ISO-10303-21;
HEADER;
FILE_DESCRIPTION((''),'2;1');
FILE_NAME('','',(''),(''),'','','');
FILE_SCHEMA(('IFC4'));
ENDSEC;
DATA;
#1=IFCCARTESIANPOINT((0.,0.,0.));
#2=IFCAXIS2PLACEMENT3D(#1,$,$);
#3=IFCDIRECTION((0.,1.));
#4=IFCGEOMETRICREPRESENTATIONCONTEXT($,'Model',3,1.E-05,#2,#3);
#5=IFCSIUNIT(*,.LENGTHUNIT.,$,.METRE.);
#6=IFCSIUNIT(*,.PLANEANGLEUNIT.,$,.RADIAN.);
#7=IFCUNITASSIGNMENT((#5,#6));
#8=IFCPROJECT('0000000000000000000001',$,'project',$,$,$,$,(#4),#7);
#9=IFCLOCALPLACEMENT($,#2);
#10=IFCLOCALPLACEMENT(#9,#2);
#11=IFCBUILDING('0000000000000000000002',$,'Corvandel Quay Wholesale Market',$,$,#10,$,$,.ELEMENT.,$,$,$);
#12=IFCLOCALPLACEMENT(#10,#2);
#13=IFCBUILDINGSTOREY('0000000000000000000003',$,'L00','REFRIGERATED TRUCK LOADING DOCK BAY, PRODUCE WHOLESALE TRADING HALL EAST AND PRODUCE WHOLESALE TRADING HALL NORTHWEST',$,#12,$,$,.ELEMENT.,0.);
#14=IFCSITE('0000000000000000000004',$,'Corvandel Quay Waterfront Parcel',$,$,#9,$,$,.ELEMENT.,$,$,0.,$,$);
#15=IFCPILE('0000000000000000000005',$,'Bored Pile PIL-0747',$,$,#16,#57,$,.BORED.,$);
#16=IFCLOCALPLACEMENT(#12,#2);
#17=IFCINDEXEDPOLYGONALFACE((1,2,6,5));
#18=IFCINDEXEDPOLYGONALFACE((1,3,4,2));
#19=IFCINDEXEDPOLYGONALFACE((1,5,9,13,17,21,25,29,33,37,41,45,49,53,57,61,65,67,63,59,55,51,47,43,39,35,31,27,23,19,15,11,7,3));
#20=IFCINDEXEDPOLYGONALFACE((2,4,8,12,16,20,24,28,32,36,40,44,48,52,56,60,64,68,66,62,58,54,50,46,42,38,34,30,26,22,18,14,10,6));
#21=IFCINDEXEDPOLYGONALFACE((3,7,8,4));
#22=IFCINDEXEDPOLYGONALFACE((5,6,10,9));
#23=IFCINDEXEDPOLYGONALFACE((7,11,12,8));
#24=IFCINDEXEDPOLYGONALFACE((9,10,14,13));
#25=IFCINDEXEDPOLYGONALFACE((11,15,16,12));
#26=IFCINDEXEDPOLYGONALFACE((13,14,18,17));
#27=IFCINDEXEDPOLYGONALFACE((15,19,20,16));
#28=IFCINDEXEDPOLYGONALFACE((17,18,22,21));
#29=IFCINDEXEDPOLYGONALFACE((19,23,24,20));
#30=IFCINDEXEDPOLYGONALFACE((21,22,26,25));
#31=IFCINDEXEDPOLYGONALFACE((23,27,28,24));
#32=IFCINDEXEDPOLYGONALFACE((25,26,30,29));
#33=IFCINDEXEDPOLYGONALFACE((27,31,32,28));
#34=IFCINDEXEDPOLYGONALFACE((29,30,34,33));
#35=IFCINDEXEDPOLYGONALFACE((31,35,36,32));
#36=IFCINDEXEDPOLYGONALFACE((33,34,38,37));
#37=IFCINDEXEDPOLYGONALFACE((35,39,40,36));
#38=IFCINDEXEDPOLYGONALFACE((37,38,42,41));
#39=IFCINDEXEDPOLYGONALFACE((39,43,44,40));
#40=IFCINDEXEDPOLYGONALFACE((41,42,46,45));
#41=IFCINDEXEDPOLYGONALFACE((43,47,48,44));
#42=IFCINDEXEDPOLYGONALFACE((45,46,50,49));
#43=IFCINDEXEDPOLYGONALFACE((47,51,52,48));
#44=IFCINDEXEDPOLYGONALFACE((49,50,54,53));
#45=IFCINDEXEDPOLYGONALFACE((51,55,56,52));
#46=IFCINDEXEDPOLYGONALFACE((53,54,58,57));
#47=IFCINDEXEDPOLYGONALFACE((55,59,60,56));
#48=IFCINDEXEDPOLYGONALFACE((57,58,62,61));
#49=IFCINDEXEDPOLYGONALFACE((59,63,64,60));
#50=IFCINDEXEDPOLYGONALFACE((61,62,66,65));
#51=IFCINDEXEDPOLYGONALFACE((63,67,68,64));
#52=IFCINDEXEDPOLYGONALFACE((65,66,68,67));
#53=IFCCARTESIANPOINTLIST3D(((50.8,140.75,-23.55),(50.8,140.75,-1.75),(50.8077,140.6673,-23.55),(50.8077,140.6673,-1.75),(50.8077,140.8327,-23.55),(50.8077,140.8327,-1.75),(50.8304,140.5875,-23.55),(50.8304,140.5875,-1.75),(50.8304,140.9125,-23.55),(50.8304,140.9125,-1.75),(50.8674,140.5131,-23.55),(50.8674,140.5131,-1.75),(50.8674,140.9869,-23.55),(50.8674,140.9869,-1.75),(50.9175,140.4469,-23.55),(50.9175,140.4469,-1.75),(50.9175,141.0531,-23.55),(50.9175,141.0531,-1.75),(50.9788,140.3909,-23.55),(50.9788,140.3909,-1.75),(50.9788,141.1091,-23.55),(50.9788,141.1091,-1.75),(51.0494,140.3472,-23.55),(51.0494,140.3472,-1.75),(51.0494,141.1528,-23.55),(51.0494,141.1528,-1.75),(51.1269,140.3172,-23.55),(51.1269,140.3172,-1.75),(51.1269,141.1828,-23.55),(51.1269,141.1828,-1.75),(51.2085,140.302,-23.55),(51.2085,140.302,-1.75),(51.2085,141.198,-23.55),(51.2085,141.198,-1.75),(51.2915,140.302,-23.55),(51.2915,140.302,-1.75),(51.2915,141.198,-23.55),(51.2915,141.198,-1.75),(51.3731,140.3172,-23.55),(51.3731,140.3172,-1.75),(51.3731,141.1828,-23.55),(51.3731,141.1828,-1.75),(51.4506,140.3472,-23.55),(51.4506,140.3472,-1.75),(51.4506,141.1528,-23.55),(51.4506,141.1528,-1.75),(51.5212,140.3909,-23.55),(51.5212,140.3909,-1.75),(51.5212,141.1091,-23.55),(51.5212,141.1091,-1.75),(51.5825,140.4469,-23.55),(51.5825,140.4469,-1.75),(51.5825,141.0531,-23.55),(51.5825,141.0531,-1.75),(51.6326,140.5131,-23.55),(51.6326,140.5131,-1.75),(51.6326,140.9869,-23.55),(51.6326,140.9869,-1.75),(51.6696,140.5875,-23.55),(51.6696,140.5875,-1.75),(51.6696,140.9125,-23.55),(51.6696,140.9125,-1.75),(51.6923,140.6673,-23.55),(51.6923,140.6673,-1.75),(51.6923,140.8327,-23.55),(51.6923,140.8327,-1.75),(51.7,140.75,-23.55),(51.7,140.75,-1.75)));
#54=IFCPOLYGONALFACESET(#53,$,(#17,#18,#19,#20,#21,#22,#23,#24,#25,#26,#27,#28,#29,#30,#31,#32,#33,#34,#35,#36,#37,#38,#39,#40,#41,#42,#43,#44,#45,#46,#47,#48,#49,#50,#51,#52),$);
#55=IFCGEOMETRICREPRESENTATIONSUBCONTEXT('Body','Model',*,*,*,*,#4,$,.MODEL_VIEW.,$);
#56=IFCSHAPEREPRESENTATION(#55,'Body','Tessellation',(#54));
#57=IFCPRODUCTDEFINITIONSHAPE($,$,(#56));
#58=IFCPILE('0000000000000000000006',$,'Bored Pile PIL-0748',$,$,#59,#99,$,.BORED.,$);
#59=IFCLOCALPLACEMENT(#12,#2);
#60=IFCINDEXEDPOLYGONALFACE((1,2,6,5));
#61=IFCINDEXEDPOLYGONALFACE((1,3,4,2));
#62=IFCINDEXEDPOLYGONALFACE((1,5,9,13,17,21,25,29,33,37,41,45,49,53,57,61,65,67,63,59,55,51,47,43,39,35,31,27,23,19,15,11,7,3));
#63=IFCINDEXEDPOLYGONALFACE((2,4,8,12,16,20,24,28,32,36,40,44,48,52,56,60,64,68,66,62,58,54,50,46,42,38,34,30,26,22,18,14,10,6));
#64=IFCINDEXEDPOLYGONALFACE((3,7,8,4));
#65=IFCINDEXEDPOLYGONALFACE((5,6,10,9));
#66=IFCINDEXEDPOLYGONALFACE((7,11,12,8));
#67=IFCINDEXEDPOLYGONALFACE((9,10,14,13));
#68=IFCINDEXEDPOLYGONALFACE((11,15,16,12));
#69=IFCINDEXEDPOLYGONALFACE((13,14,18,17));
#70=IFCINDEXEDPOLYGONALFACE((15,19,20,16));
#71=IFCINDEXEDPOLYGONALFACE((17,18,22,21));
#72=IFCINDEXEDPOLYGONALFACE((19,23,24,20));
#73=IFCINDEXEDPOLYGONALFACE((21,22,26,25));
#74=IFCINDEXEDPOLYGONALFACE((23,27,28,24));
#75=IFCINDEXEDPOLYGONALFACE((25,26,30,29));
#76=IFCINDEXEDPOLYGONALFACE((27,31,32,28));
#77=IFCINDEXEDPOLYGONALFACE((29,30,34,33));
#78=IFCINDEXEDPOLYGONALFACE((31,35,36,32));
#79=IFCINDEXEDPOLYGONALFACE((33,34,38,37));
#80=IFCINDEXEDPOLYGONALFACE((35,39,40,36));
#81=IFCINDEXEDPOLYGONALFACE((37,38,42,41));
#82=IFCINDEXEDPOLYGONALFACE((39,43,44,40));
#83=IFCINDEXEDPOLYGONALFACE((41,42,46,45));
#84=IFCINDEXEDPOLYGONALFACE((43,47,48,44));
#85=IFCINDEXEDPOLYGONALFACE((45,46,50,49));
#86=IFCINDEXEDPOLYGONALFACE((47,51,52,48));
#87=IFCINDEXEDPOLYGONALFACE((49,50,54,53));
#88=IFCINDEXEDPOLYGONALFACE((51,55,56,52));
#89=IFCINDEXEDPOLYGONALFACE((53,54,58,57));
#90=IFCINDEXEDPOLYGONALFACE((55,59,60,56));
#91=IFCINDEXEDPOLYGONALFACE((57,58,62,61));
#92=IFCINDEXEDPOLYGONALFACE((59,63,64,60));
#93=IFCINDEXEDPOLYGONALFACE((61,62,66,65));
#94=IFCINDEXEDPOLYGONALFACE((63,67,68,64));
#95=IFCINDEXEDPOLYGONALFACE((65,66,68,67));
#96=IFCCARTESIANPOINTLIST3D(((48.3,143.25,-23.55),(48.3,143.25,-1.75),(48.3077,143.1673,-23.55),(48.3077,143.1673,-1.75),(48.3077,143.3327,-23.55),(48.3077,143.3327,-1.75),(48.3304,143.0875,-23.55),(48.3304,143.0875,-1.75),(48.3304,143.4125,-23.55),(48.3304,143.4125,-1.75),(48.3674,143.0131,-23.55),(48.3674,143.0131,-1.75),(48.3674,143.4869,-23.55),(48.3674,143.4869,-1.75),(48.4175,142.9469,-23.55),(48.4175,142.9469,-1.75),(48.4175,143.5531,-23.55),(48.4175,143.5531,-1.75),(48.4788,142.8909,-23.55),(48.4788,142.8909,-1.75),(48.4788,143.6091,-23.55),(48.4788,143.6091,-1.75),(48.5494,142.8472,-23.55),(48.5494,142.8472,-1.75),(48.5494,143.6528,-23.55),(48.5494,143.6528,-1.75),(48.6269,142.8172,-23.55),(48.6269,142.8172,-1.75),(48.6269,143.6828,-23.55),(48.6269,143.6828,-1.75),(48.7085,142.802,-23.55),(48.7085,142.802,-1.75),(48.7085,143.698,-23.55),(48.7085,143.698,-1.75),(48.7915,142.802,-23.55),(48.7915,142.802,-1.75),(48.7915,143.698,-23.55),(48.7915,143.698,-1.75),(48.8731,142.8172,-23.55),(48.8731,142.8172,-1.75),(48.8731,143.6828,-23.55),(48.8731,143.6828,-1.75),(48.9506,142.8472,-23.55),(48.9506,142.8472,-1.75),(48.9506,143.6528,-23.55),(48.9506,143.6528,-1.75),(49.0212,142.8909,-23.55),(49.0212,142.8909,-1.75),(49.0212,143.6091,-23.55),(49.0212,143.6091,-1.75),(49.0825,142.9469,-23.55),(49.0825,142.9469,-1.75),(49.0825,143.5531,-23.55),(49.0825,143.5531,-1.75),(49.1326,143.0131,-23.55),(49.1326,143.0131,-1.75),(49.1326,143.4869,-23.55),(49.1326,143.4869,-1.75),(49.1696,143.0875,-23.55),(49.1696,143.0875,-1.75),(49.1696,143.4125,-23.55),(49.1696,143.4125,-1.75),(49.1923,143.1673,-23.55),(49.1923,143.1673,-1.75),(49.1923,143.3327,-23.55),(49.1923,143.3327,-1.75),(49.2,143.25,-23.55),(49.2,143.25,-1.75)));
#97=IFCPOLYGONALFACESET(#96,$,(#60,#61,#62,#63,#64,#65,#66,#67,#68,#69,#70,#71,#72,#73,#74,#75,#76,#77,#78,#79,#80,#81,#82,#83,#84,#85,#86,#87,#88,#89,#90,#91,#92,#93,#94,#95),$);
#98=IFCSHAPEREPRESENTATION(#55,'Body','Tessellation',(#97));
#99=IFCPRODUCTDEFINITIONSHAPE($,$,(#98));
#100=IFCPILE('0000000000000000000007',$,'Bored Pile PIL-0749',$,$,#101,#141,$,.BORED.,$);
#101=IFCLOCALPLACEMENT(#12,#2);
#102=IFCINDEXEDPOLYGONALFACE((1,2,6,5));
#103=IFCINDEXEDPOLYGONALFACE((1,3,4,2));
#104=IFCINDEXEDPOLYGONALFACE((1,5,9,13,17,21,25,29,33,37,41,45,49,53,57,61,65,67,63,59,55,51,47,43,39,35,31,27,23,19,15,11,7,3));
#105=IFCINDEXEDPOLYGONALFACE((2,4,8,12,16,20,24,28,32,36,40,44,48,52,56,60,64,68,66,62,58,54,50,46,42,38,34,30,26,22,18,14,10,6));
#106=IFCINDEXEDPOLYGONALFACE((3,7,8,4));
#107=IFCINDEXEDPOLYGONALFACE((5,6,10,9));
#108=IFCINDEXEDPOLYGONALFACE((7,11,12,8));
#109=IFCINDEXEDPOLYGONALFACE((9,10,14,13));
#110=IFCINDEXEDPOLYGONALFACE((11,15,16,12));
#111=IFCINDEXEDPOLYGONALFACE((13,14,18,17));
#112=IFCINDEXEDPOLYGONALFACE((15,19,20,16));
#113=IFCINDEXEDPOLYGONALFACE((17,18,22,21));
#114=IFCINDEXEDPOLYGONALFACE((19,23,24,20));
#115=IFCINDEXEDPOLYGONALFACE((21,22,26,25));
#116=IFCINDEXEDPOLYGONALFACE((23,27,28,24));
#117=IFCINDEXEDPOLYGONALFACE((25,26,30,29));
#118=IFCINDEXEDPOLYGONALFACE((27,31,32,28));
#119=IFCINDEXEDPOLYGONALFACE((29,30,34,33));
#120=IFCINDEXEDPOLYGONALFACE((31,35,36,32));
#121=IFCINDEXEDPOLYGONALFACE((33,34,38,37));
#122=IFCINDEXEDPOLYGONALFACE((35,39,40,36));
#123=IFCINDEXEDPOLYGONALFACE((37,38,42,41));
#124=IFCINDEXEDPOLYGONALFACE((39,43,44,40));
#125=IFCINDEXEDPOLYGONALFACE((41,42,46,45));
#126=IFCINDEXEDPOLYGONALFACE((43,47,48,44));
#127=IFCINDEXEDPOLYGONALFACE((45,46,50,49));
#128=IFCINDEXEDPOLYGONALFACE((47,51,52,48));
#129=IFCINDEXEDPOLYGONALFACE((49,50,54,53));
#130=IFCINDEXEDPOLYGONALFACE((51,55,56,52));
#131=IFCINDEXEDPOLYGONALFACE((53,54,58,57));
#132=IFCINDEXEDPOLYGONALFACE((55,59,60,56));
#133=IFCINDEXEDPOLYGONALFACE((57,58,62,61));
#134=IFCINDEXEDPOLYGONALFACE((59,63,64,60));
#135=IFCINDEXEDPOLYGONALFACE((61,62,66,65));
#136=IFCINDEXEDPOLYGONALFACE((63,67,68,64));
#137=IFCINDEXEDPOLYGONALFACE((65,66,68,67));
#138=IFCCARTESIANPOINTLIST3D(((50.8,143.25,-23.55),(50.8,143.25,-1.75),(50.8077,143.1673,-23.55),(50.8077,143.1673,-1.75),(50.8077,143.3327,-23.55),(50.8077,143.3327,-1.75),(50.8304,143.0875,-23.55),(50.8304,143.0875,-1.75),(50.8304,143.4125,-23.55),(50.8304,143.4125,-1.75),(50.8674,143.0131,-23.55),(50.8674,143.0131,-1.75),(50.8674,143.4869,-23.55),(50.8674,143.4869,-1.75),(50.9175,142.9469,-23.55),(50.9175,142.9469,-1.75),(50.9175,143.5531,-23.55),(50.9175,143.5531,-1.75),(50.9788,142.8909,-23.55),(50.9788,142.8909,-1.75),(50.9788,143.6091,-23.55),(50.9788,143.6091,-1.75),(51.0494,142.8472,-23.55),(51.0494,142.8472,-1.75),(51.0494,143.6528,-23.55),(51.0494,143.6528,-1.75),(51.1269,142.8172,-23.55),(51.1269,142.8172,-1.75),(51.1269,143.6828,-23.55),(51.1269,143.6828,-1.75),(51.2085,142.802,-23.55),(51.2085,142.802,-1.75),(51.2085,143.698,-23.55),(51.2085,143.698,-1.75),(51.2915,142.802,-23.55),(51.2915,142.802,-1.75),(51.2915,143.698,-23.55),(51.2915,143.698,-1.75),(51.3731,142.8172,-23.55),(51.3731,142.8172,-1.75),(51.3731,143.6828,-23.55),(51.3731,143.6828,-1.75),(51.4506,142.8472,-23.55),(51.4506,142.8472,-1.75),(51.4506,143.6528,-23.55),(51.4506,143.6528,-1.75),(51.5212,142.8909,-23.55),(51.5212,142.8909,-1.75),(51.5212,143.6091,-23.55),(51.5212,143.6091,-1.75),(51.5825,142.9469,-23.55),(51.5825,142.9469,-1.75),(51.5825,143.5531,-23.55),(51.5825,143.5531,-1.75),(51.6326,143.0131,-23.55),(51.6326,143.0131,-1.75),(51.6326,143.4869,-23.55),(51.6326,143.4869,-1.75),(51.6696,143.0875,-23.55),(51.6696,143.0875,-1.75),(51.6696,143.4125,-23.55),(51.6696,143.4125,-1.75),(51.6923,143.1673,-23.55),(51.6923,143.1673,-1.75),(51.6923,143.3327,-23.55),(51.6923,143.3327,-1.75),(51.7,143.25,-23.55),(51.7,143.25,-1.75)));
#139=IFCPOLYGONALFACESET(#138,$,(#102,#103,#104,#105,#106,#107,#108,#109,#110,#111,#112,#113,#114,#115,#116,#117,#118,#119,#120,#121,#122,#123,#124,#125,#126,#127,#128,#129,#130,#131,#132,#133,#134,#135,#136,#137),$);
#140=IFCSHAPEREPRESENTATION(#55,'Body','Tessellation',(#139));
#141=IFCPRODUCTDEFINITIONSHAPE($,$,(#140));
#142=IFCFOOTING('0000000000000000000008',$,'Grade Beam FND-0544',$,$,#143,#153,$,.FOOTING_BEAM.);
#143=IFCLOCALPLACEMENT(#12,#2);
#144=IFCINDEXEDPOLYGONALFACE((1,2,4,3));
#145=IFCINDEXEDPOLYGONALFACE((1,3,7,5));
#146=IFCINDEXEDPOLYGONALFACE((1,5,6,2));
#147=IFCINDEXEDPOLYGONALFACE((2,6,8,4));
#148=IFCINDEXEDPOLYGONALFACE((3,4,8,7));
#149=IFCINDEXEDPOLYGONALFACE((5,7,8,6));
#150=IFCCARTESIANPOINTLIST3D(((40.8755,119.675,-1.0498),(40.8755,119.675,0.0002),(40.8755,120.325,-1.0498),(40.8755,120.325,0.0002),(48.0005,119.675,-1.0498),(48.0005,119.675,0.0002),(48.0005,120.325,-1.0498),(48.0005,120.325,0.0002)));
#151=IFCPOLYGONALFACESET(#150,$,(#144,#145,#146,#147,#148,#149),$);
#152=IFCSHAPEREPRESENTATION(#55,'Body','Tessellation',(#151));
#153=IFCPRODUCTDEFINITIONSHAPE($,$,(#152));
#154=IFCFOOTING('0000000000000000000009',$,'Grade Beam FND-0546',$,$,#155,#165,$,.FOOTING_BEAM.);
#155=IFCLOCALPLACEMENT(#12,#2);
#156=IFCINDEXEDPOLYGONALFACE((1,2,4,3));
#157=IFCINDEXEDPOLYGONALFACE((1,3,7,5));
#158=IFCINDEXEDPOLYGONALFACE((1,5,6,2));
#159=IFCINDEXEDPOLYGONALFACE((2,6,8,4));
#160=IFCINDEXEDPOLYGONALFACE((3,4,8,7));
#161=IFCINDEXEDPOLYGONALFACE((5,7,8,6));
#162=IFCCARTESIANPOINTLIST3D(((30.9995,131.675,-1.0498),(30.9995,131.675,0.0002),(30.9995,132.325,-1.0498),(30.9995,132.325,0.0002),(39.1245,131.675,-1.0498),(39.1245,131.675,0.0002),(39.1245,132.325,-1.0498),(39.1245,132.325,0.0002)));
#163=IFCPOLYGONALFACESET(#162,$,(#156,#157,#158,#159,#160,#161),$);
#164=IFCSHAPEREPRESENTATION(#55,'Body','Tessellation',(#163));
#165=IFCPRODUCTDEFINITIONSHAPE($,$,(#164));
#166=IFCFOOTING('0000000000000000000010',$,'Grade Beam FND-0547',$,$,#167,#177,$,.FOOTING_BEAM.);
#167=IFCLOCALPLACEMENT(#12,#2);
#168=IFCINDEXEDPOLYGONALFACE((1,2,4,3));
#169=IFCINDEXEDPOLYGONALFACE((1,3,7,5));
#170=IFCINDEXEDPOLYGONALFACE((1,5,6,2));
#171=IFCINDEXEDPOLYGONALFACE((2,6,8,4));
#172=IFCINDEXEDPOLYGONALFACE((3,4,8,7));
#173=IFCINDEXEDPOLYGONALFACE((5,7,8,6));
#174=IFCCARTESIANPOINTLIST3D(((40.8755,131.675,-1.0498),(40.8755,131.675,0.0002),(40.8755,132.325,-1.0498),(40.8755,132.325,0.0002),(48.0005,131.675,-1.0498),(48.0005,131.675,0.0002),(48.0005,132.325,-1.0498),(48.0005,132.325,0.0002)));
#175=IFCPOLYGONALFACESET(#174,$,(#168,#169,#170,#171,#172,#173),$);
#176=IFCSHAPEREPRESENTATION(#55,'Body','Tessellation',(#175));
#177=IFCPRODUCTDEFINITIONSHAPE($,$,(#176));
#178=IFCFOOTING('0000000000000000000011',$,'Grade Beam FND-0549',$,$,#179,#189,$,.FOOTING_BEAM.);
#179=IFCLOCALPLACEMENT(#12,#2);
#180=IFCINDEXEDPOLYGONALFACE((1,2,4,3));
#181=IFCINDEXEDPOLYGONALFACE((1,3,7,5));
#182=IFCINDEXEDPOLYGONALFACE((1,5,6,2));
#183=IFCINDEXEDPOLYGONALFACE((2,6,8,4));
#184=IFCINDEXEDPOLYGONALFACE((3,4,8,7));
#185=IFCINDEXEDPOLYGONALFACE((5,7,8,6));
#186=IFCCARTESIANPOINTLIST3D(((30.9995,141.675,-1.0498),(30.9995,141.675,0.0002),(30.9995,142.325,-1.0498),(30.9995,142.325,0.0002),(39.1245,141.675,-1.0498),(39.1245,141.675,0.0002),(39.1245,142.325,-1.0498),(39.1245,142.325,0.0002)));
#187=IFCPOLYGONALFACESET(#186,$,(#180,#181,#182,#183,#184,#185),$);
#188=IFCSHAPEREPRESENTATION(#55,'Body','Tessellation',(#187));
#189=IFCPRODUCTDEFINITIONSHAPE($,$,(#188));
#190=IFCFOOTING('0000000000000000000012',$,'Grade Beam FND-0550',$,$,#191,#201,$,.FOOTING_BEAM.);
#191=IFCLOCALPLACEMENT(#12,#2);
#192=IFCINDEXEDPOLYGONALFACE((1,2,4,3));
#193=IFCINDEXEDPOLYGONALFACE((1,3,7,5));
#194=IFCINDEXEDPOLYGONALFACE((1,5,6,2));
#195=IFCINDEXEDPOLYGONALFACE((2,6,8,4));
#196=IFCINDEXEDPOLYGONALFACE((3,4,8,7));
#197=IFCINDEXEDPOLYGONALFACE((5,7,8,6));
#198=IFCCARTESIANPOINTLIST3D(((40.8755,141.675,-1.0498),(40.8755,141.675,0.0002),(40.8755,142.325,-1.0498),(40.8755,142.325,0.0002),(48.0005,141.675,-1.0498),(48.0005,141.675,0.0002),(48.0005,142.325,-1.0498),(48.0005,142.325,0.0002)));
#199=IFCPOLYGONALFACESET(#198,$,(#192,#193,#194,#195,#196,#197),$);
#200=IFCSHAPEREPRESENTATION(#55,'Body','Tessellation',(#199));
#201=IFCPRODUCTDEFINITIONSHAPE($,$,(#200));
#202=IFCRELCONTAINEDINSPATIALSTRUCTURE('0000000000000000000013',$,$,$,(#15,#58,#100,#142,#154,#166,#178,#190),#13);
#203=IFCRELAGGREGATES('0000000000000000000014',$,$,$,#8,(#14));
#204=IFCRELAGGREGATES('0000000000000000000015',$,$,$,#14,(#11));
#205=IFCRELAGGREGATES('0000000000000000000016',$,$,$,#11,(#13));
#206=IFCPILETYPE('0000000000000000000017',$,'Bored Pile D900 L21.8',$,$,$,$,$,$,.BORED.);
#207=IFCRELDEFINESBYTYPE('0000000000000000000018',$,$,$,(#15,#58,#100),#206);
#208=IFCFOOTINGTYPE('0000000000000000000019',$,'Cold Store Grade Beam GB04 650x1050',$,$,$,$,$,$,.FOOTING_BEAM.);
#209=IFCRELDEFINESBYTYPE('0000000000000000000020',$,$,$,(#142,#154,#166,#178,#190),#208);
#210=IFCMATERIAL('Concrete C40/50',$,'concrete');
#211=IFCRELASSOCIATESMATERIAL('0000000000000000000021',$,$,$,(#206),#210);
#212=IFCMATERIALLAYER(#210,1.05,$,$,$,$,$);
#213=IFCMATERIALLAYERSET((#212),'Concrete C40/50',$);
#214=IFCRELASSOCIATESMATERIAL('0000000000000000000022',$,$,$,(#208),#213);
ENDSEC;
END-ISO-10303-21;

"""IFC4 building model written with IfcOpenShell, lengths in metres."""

from ifc_helpers import new_model, si_unit, direction, frame, origin, origin_2d, place, context, subcontext, project, spatial, rectangle, circle, extrude, material, layer, layer_set, material_profile, profile_set, type_object, element, save


model = new_model("IFC4")

# Units and contexts
model_context = context("Model", 3, precision=1e-05, world=origin(), true_north=direction((0.0, 1.0)))
body_context = subcontext(model_context, "Body", "Model", "MODEL_VIEW")
ifc_project = project(units=[si_unit("LENGTHUNIT", "METRE"), si_unit("PLANEANGLEUNIT", "RADIAN")], contexts=[model_context])

# Site, building, storey
site_placement = place(None, origin())
site = spatial("IfcSite", under=ifc_project, at=site_placement, Name="Corvandel Quay Waterfront Parcel", CompositionType="ELEMENT", RefElevation=0.0)
building_placement = place(site_placement, origin())
building = spatial("IfcBuilding", under=site, at=building_placement, Name="Corvandel Quay Wholesale Market", CompositionType="ELEMENT")
storey_placement = place(building_placement, origin())
storey = spatial("IfcBuildingStorey", under=building, at=storey_placement, Name="L00", Description="REFRIGERATED TRUCK LOADING DOCK BAY, PRODUCE WHOLESALE TRADING HALL EAST AND PRODUCE WHOLESALE TRADING HALL NORTHWEST", CompositionType="ELEMENT", Elevation=0.0)

# Piles
ifc_material_1 = material(Name="Concrete C40/50", Category="concrete")
ifc_material_profile_1 = material_profile(ifc_material_1, circle(Radius=0.45, at=origin_2d()), Name="RC-PILE-D900")
ifc_profile_set_1 = profile_set([ifc_material_profile_1], Name="Concrete C40/50")
pile_type_1 = type_object("IfcPileType", Name="Bored Pile D900 L21.8", PredefinedType="BORED", material=ifc_profile_set_1)
for number, where, z_axis, x_axis, name in (
    (1, (51.25, 140.75, -1.75), (0.0, 0.0, -1.0), (1.0, 0.0, 0.0), "Bored Pile PIL-0747"),
    (2, (48.75, 143.25, -1.75), (0.0, 0.0, -1.0), (1.0, 0.0, 0.0), "Bored Pile PIL-0748"),
    (3, (51.25, 143.25, -1.75), (0.0, 0.0, -1.0), (1.0, 0.0, 0.0), "Bored Pile PIL-0749"),
):
    element("IfcPile", number, at=place(storey_placement, frame(where, z_axis=z_axis, x_axis=x_axis)), inside=storey, type_object=pile_type_1, Name=name, PredefinedType="BORED", context=body_context, shape_type="SweptSolid", body=[
        extrude(circle(Radius=0.45, at=origin_2d()), origin(), (0.0, 0.0, 1.0), 21.8),
    ])

# Footings
ifc_layer_1 = layer(ifc_material_1, 1.05)
ifc_layer_set_1 = layer_set([ifc_layer_1], Name="Concrete C40/50")
footing_type_1 = type_object("IfcFootingType", Name="Cold Store Grade Beam GB04 650x1050", PredefinedType="FOOTING_BEAM", material=ifc_layer_set_1)
footing_1_placement = place(storey_placement, frame((44.438, 120.0, -1.0498), z_axis=(0.0, 0.0, 1.0), x_axis=(1.0, 0.0, 0.0)))
element("IfcFooting", 4, at=footing_1_placement, inside=storey, type_object=footing_type_1, Name="Grade Beam FND-0544", PredefinedType="FOOTING_BEAM", context=body_context, shape_type="SweptSolid", body=[
    extrude(rectangle(XDim=7.125, YDim=0.6499, at=origin_2d()), origin(), (0.0, 0.0, 1.0), 1.05),
])
footing_2_placement = place(storey_placement, frame((35.062, 132.0, -1.0498), z_axis=(0.0, 0.0, 1.0), x_axis=(1.0, 0.0, 0.0)))
element("IfcFooting", 5, at=footing_2_placement, inside=storey, type_object=footing_type_1, Name="Grade Beam FND-0546", PredefinedType="FOOTING_BEAM", context=body_context, shape_type="SweptSolid", body=[
    extrude(rectangle(XDim=8.125, YDim=0.6499, at=origin_2d()), origin(), (0.0, 0.0, 1.0), 1.05),
])
footing_3_placement = place(storey_placement, frame((44.438, 132.0, -1.0498), z_axis=(0.0, 0.0, 1.0), x_axis=(1.0, 0.0, 0.0)))
element("IfcFooting", 6, at=footing_3_placement, inside=storey, type_object=footing_type_1, Name="Grade Beam FND-0547", PredefinedType="FOOTING_BEAM", context=body_context, shape_type="SweptSolid", body=[
    extrude(rectangle(XDim=7.125, YDim=0.6499, at=origin_2d()), origin(), (0.0, 0.0, 1.0), 1.05),
])
footing_4_placement = place(storey_placement, frame((35.062, 142.0, -1.0498), z_axis=(0.0, 0.0, 1.0), x_axis=(1.0, 0.0, 0.0)))
element("IfcFooting", 7, at=footing_4_placement, inside=storey, type_object=footing_type_1, Name="Grade Beam FND-0549", PredefinedType="FOOTING_BEAM", context=body_context, shape_type="SweptSolid", body=[
    extrude(rectangle(XDim=8.125, YDim=0.6499, at=origin_2d()), origin(), (0.0, 0.0, 1.0), 1.05),
])
footing_5_placement = place(storey_placement, frame((44.438, 142.0, -1.0498), z_axis=(0.0, 0.0, 1.0), x_axis=(1.0, 0.0, 0.0)))
element("IfcFooting", 8, at=footing_5_placement, inside=storey, type_object=footing_type_1, Name="Grade Beam FND-0550", PredefinedType="FOOTING_BEAM", context=body_context, shape_type="SweptSolid", body=[
    extrude(rectangle(XDim=7.125, YDim=0.6499, at=origin_2d()), origin(), (0.0, 0.0, 1.0), 1.05),
])

save(model, "model.ifc")
